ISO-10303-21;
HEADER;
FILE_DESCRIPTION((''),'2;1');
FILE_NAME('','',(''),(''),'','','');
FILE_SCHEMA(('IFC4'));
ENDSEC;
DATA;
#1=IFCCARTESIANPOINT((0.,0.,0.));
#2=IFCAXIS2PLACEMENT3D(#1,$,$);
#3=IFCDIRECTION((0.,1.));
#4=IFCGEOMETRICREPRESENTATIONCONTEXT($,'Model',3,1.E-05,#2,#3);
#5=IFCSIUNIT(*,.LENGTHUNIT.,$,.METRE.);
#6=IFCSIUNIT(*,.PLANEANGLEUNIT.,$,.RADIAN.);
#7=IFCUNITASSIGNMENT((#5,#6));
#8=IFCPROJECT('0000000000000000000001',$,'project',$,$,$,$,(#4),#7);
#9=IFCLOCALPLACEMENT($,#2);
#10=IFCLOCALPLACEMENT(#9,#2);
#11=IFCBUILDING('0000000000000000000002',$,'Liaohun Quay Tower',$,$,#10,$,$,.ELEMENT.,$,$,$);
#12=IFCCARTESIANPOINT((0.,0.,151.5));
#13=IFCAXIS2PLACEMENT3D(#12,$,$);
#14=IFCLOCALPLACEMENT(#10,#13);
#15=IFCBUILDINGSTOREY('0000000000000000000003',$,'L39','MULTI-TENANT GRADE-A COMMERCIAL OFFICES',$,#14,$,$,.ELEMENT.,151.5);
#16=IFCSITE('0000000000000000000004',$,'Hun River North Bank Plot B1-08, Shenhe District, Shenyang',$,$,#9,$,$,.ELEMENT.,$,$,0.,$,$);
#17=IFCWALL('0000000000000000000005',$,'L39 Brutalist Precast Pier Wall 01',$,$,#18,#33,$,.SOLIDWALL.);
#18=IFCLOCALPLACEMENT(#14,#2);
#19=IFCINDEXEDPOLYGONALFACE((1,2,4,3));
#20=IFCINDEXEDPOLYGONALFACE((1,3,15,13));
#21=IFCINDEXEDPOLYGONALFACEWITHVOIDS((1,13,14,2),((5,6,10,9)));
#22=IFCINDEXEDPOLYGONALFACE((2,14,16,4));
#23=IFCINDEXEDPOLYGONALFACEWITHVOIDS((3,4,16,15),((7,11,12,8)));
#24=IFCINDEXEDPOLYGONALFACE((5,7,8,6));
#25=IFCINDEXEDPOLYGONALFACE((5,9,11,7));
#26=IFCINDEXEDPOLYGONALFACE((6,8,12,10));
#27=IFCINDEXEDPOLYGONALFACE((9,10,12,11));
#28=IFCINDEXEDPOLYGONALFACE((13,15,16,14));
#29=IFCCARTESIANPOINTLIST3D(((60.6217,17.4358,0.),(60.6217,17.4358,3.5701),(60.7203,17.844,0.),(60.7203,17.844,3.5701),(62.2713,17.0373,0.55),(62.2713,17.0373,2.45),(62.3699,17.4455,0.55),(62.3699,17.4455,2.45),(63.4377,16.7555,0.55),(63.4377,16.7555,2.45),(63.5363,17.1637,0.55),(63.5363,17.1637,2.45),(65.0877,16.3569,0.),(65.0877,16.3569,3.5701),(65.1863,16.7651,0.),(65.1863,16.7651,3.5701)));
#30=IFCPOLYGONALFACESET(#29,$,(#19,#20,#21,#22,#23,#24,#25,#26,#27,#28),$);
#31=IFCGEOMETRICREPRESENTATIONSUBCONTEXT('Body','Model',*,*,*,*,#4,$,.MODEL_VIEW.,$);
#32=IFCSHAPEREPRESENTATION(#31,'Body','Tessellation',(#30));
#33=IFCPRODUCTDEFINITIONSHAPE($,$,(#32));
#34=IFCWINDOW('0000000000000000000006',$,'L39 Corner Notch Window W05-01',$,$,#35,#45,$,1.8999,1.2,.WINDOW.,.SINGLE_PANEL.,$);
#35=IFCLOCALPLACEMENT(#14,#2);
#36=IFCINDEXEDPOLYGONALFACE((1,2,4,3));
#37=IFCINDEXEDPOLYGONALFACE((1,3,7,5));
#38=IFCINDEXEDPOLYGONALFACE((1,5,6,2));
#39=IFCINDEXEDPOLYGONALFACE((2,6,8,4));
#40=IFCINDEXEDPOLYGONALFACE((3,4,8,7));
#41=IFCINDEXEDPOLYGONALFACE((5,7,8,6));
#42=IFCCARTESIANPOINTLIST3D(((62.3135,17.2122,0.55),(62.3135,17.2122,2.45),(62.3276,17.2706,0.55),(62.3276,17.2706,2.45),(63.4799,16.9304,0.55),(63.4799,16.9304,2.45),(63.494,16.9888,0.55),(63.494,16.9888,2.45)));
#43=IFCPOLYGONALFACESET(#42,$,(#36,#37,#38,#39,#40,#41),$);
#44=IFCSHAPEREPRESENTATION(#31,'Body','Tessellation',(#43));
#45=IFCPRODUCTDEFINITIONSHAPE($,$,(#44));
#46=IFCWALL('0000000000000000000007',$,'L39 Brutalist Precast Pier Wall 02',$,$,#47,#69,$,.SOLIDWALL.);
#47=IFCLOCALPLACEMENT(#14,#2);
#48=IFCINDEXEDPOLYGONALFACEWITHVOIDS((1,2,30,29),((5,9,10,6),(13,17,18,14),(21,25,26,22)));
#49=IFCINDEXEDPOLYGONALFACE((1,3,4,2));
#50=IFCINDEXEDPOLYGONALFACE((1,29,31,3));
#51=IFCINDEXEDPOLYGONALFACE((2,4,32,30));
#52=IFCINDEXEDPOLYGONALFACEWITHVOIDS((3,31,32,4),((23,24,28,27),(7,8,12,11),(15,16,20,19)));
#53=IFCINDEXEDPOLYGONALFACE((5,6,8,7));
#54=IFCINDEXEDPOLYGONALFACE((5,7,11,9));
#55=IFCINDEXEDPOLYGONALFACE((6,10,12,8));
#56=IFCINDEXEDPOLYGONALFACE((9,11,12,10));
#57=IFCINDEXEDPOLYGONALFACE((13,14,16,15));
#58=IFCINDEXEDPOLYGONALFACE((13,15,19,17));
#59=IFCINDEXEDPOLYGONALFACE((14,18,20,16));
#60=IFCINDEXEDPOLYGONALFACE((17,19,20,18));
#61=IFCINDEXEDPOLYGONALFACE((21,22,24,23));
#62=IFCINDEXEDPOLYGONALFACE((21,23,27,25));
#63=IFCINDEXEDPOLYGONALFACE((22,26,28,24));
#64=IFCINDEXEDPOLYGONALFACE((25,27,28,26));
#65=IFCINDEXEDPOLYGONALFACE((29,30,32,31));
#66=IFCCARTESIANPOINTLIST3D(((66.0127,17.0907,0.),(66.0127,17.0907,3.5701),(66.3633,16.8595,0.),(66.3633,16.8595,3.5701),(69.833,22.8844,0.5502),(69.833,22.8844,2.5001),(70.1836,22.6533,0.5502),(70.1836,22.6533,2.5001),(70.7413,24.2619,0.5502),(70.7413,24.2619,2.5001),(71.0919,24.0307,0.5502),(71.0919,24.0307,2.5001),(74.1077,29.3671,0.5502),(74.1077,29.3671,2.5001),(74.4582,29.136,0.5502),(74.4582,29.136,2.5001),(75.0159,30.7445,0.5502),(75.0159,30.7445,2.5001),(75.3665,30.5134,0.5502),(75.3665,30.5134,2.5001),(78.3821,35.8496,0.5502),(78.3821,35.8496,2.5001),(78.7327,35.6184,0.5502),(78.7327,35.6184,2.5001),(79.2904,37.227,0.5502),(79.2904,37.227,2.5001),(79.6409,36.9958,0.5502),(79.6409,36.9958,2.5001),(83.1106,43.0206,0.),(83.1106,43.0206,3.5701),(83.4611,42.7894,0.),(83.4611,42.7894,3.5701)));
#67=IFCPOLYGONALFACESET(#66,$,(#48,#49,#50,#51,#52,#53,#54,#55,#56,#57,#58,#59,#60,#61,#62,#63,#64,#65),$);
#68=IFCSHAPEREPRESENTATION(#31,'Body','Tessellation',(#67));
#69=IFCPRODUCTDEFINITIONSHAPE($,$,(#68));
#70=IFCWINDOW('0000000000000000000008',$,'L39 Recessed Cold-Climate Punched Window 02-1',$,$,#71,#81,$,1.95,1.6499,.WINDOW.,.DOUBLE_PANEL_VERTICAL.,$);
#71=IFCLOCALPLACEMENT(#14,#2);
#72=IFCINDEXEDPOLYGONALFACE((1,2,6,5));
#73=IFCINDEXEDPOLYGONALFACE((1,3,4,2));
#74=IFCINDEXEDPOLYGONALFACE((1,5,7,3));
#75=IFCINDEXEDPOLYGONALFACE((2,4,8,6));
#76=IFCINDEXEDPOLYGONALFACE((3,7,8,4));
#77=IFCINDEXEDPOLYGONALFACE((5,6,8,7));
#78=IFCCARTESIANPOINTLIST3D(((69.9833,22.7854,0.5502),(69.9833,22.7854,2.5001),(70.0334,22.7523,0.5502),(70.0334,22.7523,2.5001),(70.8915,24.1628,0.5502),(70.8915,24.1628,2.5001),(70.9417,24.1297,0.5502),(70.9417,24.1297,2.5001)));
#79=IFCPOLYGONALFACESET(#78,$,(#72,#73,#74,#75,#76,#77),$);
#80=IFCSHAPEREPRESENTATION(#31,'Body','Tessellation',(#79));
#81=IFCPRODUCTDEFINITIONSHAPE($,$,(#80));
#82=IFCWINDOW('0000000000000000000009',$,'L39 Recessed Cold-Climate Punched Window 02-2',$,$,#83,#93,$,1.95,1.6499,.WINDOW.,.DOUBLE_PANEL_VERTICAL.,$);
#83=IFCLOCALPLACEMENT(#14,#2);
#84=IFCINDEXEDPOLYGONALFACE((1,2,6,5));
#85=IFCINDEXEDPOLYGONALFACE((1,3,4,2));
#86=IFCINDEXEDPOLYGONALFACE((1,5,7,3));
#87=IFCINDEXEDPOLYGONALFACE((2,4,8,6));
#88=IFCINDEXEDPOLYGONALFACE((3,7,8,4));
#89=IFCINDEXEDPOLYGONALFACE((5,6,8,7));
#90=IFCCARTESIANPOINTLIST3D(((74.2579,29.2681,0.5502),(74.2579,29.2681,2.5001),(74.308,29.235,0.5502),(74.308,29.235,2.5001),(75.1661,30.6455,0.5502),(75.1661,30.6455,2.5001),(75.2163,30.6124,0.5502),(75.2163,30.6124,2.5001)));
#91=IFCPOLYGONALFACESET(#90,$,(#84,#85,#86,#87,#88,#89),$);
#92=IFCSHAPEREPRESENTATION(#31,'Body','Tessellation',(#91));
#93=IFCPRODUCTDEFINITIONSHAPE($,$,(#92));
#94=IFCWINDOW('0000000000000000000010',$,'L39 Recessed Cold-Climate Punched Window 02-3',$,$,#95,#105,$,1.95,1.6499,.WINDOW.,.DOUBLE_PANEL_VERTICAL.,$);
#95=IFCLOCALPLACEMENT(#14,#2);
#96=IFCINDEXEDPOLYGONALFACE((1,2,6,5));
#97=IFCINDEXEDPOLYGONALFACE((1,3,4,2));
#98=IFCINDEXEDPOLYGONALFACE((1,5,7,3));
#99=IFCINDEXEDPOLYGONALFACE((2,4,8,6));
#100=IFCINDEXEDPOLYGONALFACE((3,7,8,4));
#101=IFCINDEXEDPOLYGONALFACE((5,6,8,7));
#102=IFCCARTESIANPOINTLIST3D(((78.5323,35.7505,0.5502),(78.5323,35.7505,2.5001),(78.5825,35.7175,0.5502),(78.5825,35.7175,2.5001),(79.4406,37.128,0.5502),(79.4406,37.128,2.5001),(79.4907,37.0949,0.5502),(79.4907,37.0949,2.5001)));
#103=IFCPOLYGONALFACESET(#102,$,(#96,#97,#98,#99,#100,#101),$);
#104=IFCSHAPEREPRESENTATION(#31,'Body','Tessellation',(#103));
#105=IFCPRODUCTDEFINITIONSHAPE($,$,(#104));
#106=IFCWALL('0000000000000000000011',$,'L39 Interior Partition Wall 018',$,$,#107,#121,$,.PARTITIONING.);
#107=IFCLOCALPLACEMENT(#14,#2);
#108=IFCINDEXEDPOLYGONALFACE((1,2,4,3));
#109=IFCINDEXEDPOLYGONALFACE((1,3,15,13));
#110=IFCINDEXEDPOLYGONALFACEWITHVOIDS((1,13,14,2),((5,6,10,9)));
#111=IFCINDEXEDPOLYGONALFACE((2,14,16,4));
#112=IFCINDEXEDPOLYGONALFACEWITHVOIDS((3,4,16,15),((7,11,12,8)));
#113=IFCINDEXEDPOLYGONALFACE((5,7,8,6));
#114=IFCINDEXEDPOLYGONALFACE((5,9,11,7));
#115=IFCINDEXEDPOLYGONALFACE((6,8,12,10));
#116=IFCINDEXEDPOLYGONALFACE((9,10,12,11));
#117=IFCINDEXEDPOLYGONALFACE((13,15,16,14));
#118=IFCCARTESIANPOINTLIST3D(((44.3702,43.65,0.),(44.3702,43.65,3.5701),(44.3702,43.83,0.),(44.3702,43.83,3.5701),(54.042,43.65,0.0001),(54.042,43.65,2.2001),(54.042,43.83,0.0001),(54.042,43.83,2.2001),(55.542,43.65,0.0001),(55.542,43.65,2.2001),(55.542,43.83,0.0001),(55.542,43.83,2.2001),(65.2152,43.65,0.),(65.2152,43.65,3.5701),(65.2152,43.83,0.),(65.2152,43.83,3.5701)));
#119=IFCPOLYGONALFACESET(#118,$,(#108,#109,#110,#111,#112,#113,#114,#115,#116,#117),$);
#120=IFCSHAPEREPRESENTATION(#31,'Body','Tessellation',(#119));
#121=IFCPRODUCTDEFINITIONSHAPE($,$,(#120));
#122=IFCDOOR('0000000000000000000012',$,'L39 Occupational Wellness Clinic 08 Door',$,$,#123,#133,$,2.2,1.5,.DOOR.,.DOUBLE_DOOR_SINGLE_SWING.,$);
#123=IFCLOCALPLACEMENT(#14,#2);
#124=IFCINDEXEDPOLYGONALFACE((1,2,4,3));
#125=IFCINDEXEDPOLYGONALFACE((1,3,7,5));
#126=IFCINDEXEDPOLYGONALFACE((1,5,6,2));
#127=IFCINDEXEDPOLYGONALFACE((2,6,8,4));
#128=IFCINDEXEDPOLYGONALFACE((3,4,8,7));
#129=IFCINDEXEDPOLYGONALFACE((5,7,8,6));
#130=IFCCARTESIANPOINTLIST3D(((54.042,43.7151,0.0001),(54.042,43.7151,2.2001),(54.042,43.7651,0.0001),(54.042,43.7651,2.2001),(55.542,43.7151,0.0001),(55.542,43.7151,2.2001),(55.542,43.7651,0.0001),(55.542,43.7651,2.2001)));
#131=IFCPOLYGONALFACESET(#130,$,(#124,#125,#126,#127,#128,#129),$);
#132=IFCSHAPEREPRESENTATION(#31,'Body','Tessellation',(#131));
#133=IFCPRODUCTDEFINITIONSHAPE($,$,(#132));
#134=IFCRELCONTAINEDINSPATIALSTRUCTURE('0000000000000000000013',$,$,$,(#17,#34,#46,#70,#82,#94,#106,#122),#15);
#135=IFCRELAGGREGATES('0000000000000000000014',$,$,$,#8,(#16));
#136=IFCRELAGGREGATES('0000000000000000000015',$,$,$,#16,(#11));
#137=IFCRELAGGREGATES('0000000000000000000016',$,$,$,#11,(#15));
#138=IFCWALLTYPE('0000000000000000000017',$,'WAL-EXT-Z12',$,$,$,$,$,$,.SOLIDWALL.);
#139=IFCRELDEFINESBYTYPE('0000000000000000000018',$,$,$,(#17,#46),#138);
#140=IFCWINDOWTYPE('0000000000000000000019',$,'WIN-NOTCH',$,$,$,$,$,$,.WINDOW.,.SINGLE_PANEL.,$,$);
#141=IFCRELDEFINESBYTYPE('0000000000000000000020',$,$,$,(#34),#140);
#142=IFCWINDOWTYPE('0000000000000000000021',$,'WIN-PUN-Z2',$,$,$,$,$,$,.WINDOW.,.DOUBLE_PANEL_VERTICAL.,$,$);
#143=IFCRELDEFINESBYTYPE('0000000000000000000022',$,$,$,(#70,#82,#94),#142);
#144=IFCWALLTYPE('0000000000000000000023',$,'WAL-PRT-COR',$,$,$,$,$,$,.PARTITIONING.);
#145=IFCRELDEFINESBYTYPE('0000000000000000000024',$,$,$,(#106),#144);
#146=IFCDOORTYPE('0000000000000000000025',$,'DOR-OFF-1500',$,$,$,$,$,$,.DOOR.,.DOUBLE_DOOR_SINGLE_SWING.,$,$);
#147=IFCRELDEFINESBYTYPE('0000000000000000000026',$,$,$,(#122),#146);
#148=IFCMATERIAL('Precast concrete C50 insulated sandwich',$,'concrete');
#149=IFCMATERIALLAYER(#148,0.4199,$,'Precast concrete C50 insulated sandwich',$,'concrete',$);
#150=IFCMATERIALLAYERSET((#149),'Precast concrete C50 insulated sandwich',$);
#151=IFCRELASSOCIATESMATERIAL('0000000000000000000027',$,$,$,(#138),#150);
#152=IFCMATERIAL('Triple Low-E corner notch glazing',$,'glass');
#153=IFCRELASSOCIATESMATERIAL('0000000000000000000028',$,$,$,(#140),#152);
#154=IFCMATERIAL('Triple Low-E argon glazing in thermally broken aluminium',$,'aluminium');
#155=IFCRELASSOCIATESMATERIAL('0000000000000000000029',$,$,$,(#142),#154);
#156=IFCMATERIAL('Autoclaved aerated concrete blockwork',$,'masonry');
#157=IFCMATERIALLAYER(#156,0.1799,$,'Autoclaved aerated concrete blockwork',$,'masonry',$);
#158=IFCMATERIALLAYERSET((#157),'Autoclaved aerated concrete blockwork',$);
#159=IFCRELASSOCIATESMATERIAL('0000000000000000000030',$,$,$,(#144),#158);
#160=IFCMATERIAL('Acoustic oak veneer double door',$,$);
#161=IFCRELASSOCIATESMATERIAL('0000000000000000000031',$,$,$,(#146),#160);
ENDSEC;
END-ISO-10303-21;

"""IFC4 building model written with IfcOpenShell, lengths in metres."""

from ifc_helpers import new_model, si_unit, direction, frame, frame_2d, origin, place, context, subcontext, project, spatial, rectangle, extrude, source, transform, mapped, material, layer, layer_set, type_object, element, fill, save


model = new_model("IFC4")

# Units and contexts
model_context = context("Model", 3, precision=1e-05, world=origin(), true_north=direction((0.0, 1.0)))
body_context = subcontext(model_context, "Body", "Model", "MODEL_VIEW")
ifc_project = project(units=[si_unit("LENGTHUNIT", "METRE"), si_unit("PLANEANGLEUNIT", "RADIAN")], contexts=[model_context])

# Site, building, storey
site_placement = place(None, origin())
site = spatial("IfcSite", under=ifc_project, at=site_placement, Name="Hun River North Bank Plot B1-08, Shenhe District, Shenyang", CompositionType="ELEMENT", RefElevation=0.0)
building_placement = place(site_placement, origin())
building = spatial("IfcBuilding", under=site, at=building_placement, Name="Liaohun Quay Tower", CompositionType="ELEMENT")
storey_placement = place(building_placement, frame((0.0, 0.0, 151.5)))
storey = spatial("IfcBuildingStorey", under=building, at=storey_placement, Name="L39", Description="MULTI-TENANT GRADE-A COMMERCIAL OFFICES", CompositionType="ELEMENT", Elevation=151.5)

# Wall, opening, window
ifc_material_1 = material(Name="Precast concrete C50 insulated sandwich", Category="concrete")
ifc_layer_1 = layer(ifc_material_1, 0.4199, Name="Precast concrete C50 insulated sandwich", Category="concrete")
ifc_layer_set_1 = layer_set([ifc_layer_1], Name="Precast concrete C50 insulated sandwich")
wall_type_1 = type_object("IfcWallType", Name="WAL-EXT-Z12", PredefinedType="SOLIDWALL", material=ifc_layer_set_1)
wall_1_placement = place(storey_placement, frame((60.6709, 17.6399, 0.0), z_axis=(0.0, 0.0, 1.0), x_axis=(0.97204, -0.234814, 0.0)))
wall_1 = element("IfcWall", 1, at=wall_1_placement, inside=storey, type_object=wall_type_1, Name="L39 Brutalist Precast Pier Wall 01", PredefinedType="SOLIDWALL", context=body_context, shape_type="SweptSolid", body=[
    extrude(rectangle(XDim=4.5945, YDim=0.4199, at=frame_2d((2.2974, 0.0))), origin(), (0.0, 0.0, 1.0), 3.5701),
])
shared_shape_1 = source(origin(), body_context, "Body", "SweptSolid", [
    extrude(rectangle(XDim=1.2, YDim=1.8999, at=frame_2d((0.6001, 0.95))), frame((0.0, 0.22, 0.0), z_axis=(0.0, -1.0, 0.0), x_axis=(1.0, 0.0, 0.0)), (0.0, 0.0, 1.0), 0.4399),
])
opening_1_placement = place(wall_1_placement, frame((1.697, 0.0, 0.55)))
opening_1 = element("IfcOpeningElement", 2, at=opening_1_placement, cuts=wall_1, PredefinedType="OPENING", context=body_context, shape_type="MappedRepresentation", body=[
    mapped(shared_shape_1, transform((0.0, 0.0, 0.0), x_axis=(1.0, 0.0, 0.0), y_axis=(0.0, 1.0, 0.0), z_axis=(0.0, 0.0, 1.0), scale=1.0)),
])
ifc_material_2 = material(Name="Triple Low-E corner notch glazing", Category="glass")
window_type_1 = type_object("IfcWindowType", Name="WIN-NOTCH", PartitioningType="SINGLE_PANEL", PredefinedType="WINDOW", material=ifc_material_2)
shared_shape_2 = source(origin(), body_context, "Body", "SweptSolid", [
    extrude(rectangle(XDim=1.2, YDim=1.8999, at=frame_2d((0.6001, 0.95))), frame((0.0, 0.03, 0.0), z_axis=(0.0, -1.0, 0.0), x_axis=(1.0, 0.0, 0.0)), (0.0, 0.0, 1.0), 0.0601),
])
window_1_placement = place(opening_1_placement, origin())
window_1 = element("IfcWindow", 3, at=window_1_placement, inside=storey, type_object=window_type_1, Name="L39 Corner Notch Window W05-01", OverallHeight=1.8999, OverallWidth=1.2, PartitioningType="SINGLE_PANEL", PredefinedType="WINDOW", context=body_context, shape_type="MappedRepresentation", body=[
    mapped(shared_shape_2, transform((0.0, 0.0, 0.0), x_axis=(1.0, 0.0, 0.0), y_axis=(0.0, 1.0, 0.0), z_axis=(0.0, 0.0, 1.0), scale=1.0)),
])
fill(opening_1, window_1)

# Wall, openings, windows
wall_2_placement = place(storey_placement, frame((66.188, 16.9751, 0.0), z_axis=(0.0, 0.0, 1.0), x_axis=(0.550487, 0.834844, 0.0)))
wall_2 = element("IfcWall", 4, at=wall_2_placement, inside=storey, type_object=wall_type_1, Name="L39 Brutalist Precast Pier Wall 02", PredefinedType="SOLIDWALL", context=body_context, shape_type="SweptSolid", body=[
    extrude(rectangle(XDim=31.0596, YDim=0.4199, at=frame_2d((15.5298, 0.0))), origin(), (0.0, 0.0, 1.0), 3.5701),
])
shared_shape_3 = source(origin(), body_context, "Body", "SweptSolid", [
    extrude(rectangle(XDim=1.6499, YDim=1.95, at=frame_2d((0.825, 0.9751))), frame((0.0, 0.22, 0.0), z_axis=(0.0, -1.0, 0.0), x_axis=(1.0, 0.0, 0.0)), (0.0, 0.0, 1.0), 0.4399),
])
opening_2_placement = place(wall_2_placement, frame((6.9399, 0.0, 0.55)))
opening_2 = element("IfcOpeningElement", 5, at=opening_2_placement, cuts=wall_2, PredefinedType="OPENING", context=body_context, shape_type="MappedRepresentation", body=[
    mapped(shared_shape_3, transform((0.0, 0.0, 0.0), x_axis=(1.0, 0.0, 0.0), y_axis=(0.0, 1.0, 0.0), z_axis=(0.0, 0.0, 1.0), scale=1.0)),
])
opening_3_placement = place(wall_2_placement, frame((14.7051, 0.0, 0.55)))
opening_3 = element("IfcOpeningElement", 6, at=opening_3_placement, cuts=wall_2, PredefinedType="OPENING", context=body_context, shape_type="MappedRepresentation", body=[
    mapped(shared_shape_3, transform((0.0, 0.0, 0.0), x_axis=(1.0, 0.0, 0.0), y_axis=(0.0, 1.0, 0.0), z_axis=(0.0, 0.0, 1.0), scale=1.0)),
])
opening_4_placement = place(wall_2_placement, frame((22.47, 0.0, 0.55)))
opening_4 = element("IfcOpeningElement", 7, at=opening_4_placement, cuts=wall_2, PredefinedType="OPENING", context=body_context, shape_type="MappedRepresentation", body=[
    mapped(shared_shape_3, transform((0.0, 0.0, 0.0), x_axis=(1.0, 0.0, 0.0), y_axis=(0.0, 1.0, 0.0), z_axis=(0.0, 0.0, 1.0), scale=1.0)),
])
ifc_material_3 = material(Name="Triple Low-E argon glazing in thermally broken aluminium", Category="aluminium")
window_type_2 = type_object("IfcWindowType", Name="WIN-PUN-Z2", PartitioningType="DOUBLE_PANEL_VERTICAL", PredefinedType="WINDOW", material=ifc_material_3)
shared_shape_4 = source(origin(), body_context, "Body", "SweptSolid", [
    extrude(rectangle(XDim=1.6499, YDim=1.95, at=frame_2d((0.825, 0.9751))), frame((0.0, 0.03, 0.0), z_axis=(0.0, -1.0, 0.0), x_axis=(1.0, 0.0, 0.0)), (0.0, 0.0, 1.0), 0.0601),
])
window_2_placement = place(opening_2_placement, origin())
window_2 = element("IfcWindow", 8, at=window_2_placement, inside=storey, type_object=window_type_2, Name="L39 Recessed Cold-Climate Punched Window 02-1", OverallHeight=1.95, OverallWidth=1.6499, PartitioningType="DOUBLE_PANEL_VERTICAL", PredefinedType="WINDOW", context=body_context, shape_type="MappedRepresentation", body=[
    mapped(shared_shape_4, transform((0.0, 0.0, 0.0), x_axis=(1.0, 0.0, 0.0), y_axis=(0.0, 1.0, 0.0), z_axis=(0.0, 0.0, 1.0), scale=1.0)),
])
fill(opening_2, window_2)
window_3_placement = place(opening_3_placement, origin())
window_3 = element("IfcWindow", 9, at=window_3_placement, inside=storey, type_object=window_type_2, Name="L39 Recessed Cold-Climate Punched Window 02-2", OverallHeight=1.95, OverallWidth=1.6499, PartitioningType="DOUBLE_PANEL_VERTICAL", PredefinedType="WINDOW", context=body_context, shape_type="MappedRepresentation", body=[
    mapped(shared_shape_4, transform((0.0, 0.0, 0.0), x_axis=(1.0, 0.0, 0.0), y_axis=(0.0, 1.0, 0.0), z_axis=(0.0, 0.0, 1.0), scale=1.0)),
])
fill(opening_3, window_3)
window_4_placement = place(opening_4_placement, origin())
window_4 = element("IfcWindow", 10, at=window_4_placement, inside=storey, type_object=window_type_2, Name="L39 Recessed Cold-Climate Punched Window 02-3", OverallHeight=1.95, OverallWidth=1.6499, PartitioningType="DOUBLE_PANEL_VERTICAL", PredefinedType="WINDOW", context=body_context, shape_type="MappedRepresentation", body=[
    mapped(shared_shape_4, transform((0.0, 0.0, 0.0), x_axis=(1.0, 0.0, 0.0), y_axis=(0.0, 1.0, 0.0), z_axis=(0.0, 0.0, 1.0), scale=1.0)),
])
fill(opening_4, window_4)

# Wall, opening, door
ifc_material_4 = material(Name="Autoclaved aerated concrete blockwork", Category="masonry")
ifc_layer_2 = layer(ifc_material_4, 0.1799, Name="Autoclaved aerated concrete blockwork", Category="masonry")
ifc_layer_set_2 = layer_set([ifc_layer_2], Name="Autoclaved aerated concrete blockwork")
wall_type_2 = type_object("IfcWallType", Name="WAL-PRT-COR", PredefinedType="PARTITIONING", material=ifc_layer_set_2)
wall_3_placement = place(storey_placement, frame((65.2151, 43.74, 0.0), z_axis=(0.0, 0.0, 1.0), x_axis=(-1.0, 0.0, 0.0)))
wall_3 = element("IfcWall", 11, at=wall_3_placement, inside=storey, type_object=wall_type_2, Name="L39 Interior Partition Wall 018", PredefinedType="PARTITIONING", context=body_context, shape_type="SweptSolid", body=[
    extrude(rectangle(XDim=20.845, YDim=0.1799, at=frame_2d((10.4224, 0.0))), origin(), (0.0, 0.0, 1.0), 3.5701),
])
shared_shape_5 = source(origin(), body_context, "Body", "SweptSolid", [
    extrude(rectangle(XDim=1.5, YDim=2.2, at=frame_2d((0.75, 1.1001))), frame((0.0, 0.0999, 0.0), z_axis=(0.0, -1.0, 0.0), x_axis=(1.0, 0.0, 0.0)), (0.0, 0.0, 1.0), 0.2),
])
opening_5_placement = place(wall_3_placement, frame((9.6731, 0.0, 0.0)))
opening_5 = element("IfcOpeningElement", 12, at=opening_5_placement, cuts=wall_3, PredefinedType="OPENING", context=body_context, shape_type="MappedRepresentation", body=[
    mapped(shared_shape_5, transform((0.0, 0.0, 0.0), x_axis=(1.0, 0.0, 0.0), y_axis=(0.0, 1.0, 0.0), z_axis=(0.0, 0.0, 1.0), scale=1.0)),
])
ifc_material_5 = material(Name="Acoustic oak veneer double door")
door_type = type_object("IfcDoorType", Name="DOR-OFF-1500", OperationType="DOUBLE_DOOR_SINGLE_SWING", PredefinedType="DOOR", material=ifc_material_5)
shared_shape_6 = source(origin(), body_context, "Body", "SweptSolid", [
    extrude(rectangle(XDim=1.5, YDim=2.2, at=frame_2d((0.75, 1.1001))), frame((0.0, 0.0249, 0.0), z_axis=(0.0, -1.0, 0.0), x_axis=(1.0, 0.0, 0.0)), (0.0, 0.0, 1.0), 0.05),
])
door_1_placement = place(opening_5_placement, origin())
door_1 = element("IfcDoor", 13, at=door_1_placement, inside=storey, type_object=door_type, Name="L39 Occupational Wellness Clinic 08 Door", OperationType="DOUBLE_DOOR_SINGLE_SWING", OverallHeight=2.2, OverallWidth=1.5, PredefinedType="DOOR", context=body_context, shape_type="MappedRepresentation", body=[
    mapped(shared_shape_6, transform((0.0, 0.0, 0.0), x_axis=(1.0, 0.0, 0.0), y_axis=(0.0, 1.0, 0.0), z_axis=(0.0, 0.0, 1.0), scale=1.0)),
])
fill(opening_5, door_1)

save(model, "model.ifc")
